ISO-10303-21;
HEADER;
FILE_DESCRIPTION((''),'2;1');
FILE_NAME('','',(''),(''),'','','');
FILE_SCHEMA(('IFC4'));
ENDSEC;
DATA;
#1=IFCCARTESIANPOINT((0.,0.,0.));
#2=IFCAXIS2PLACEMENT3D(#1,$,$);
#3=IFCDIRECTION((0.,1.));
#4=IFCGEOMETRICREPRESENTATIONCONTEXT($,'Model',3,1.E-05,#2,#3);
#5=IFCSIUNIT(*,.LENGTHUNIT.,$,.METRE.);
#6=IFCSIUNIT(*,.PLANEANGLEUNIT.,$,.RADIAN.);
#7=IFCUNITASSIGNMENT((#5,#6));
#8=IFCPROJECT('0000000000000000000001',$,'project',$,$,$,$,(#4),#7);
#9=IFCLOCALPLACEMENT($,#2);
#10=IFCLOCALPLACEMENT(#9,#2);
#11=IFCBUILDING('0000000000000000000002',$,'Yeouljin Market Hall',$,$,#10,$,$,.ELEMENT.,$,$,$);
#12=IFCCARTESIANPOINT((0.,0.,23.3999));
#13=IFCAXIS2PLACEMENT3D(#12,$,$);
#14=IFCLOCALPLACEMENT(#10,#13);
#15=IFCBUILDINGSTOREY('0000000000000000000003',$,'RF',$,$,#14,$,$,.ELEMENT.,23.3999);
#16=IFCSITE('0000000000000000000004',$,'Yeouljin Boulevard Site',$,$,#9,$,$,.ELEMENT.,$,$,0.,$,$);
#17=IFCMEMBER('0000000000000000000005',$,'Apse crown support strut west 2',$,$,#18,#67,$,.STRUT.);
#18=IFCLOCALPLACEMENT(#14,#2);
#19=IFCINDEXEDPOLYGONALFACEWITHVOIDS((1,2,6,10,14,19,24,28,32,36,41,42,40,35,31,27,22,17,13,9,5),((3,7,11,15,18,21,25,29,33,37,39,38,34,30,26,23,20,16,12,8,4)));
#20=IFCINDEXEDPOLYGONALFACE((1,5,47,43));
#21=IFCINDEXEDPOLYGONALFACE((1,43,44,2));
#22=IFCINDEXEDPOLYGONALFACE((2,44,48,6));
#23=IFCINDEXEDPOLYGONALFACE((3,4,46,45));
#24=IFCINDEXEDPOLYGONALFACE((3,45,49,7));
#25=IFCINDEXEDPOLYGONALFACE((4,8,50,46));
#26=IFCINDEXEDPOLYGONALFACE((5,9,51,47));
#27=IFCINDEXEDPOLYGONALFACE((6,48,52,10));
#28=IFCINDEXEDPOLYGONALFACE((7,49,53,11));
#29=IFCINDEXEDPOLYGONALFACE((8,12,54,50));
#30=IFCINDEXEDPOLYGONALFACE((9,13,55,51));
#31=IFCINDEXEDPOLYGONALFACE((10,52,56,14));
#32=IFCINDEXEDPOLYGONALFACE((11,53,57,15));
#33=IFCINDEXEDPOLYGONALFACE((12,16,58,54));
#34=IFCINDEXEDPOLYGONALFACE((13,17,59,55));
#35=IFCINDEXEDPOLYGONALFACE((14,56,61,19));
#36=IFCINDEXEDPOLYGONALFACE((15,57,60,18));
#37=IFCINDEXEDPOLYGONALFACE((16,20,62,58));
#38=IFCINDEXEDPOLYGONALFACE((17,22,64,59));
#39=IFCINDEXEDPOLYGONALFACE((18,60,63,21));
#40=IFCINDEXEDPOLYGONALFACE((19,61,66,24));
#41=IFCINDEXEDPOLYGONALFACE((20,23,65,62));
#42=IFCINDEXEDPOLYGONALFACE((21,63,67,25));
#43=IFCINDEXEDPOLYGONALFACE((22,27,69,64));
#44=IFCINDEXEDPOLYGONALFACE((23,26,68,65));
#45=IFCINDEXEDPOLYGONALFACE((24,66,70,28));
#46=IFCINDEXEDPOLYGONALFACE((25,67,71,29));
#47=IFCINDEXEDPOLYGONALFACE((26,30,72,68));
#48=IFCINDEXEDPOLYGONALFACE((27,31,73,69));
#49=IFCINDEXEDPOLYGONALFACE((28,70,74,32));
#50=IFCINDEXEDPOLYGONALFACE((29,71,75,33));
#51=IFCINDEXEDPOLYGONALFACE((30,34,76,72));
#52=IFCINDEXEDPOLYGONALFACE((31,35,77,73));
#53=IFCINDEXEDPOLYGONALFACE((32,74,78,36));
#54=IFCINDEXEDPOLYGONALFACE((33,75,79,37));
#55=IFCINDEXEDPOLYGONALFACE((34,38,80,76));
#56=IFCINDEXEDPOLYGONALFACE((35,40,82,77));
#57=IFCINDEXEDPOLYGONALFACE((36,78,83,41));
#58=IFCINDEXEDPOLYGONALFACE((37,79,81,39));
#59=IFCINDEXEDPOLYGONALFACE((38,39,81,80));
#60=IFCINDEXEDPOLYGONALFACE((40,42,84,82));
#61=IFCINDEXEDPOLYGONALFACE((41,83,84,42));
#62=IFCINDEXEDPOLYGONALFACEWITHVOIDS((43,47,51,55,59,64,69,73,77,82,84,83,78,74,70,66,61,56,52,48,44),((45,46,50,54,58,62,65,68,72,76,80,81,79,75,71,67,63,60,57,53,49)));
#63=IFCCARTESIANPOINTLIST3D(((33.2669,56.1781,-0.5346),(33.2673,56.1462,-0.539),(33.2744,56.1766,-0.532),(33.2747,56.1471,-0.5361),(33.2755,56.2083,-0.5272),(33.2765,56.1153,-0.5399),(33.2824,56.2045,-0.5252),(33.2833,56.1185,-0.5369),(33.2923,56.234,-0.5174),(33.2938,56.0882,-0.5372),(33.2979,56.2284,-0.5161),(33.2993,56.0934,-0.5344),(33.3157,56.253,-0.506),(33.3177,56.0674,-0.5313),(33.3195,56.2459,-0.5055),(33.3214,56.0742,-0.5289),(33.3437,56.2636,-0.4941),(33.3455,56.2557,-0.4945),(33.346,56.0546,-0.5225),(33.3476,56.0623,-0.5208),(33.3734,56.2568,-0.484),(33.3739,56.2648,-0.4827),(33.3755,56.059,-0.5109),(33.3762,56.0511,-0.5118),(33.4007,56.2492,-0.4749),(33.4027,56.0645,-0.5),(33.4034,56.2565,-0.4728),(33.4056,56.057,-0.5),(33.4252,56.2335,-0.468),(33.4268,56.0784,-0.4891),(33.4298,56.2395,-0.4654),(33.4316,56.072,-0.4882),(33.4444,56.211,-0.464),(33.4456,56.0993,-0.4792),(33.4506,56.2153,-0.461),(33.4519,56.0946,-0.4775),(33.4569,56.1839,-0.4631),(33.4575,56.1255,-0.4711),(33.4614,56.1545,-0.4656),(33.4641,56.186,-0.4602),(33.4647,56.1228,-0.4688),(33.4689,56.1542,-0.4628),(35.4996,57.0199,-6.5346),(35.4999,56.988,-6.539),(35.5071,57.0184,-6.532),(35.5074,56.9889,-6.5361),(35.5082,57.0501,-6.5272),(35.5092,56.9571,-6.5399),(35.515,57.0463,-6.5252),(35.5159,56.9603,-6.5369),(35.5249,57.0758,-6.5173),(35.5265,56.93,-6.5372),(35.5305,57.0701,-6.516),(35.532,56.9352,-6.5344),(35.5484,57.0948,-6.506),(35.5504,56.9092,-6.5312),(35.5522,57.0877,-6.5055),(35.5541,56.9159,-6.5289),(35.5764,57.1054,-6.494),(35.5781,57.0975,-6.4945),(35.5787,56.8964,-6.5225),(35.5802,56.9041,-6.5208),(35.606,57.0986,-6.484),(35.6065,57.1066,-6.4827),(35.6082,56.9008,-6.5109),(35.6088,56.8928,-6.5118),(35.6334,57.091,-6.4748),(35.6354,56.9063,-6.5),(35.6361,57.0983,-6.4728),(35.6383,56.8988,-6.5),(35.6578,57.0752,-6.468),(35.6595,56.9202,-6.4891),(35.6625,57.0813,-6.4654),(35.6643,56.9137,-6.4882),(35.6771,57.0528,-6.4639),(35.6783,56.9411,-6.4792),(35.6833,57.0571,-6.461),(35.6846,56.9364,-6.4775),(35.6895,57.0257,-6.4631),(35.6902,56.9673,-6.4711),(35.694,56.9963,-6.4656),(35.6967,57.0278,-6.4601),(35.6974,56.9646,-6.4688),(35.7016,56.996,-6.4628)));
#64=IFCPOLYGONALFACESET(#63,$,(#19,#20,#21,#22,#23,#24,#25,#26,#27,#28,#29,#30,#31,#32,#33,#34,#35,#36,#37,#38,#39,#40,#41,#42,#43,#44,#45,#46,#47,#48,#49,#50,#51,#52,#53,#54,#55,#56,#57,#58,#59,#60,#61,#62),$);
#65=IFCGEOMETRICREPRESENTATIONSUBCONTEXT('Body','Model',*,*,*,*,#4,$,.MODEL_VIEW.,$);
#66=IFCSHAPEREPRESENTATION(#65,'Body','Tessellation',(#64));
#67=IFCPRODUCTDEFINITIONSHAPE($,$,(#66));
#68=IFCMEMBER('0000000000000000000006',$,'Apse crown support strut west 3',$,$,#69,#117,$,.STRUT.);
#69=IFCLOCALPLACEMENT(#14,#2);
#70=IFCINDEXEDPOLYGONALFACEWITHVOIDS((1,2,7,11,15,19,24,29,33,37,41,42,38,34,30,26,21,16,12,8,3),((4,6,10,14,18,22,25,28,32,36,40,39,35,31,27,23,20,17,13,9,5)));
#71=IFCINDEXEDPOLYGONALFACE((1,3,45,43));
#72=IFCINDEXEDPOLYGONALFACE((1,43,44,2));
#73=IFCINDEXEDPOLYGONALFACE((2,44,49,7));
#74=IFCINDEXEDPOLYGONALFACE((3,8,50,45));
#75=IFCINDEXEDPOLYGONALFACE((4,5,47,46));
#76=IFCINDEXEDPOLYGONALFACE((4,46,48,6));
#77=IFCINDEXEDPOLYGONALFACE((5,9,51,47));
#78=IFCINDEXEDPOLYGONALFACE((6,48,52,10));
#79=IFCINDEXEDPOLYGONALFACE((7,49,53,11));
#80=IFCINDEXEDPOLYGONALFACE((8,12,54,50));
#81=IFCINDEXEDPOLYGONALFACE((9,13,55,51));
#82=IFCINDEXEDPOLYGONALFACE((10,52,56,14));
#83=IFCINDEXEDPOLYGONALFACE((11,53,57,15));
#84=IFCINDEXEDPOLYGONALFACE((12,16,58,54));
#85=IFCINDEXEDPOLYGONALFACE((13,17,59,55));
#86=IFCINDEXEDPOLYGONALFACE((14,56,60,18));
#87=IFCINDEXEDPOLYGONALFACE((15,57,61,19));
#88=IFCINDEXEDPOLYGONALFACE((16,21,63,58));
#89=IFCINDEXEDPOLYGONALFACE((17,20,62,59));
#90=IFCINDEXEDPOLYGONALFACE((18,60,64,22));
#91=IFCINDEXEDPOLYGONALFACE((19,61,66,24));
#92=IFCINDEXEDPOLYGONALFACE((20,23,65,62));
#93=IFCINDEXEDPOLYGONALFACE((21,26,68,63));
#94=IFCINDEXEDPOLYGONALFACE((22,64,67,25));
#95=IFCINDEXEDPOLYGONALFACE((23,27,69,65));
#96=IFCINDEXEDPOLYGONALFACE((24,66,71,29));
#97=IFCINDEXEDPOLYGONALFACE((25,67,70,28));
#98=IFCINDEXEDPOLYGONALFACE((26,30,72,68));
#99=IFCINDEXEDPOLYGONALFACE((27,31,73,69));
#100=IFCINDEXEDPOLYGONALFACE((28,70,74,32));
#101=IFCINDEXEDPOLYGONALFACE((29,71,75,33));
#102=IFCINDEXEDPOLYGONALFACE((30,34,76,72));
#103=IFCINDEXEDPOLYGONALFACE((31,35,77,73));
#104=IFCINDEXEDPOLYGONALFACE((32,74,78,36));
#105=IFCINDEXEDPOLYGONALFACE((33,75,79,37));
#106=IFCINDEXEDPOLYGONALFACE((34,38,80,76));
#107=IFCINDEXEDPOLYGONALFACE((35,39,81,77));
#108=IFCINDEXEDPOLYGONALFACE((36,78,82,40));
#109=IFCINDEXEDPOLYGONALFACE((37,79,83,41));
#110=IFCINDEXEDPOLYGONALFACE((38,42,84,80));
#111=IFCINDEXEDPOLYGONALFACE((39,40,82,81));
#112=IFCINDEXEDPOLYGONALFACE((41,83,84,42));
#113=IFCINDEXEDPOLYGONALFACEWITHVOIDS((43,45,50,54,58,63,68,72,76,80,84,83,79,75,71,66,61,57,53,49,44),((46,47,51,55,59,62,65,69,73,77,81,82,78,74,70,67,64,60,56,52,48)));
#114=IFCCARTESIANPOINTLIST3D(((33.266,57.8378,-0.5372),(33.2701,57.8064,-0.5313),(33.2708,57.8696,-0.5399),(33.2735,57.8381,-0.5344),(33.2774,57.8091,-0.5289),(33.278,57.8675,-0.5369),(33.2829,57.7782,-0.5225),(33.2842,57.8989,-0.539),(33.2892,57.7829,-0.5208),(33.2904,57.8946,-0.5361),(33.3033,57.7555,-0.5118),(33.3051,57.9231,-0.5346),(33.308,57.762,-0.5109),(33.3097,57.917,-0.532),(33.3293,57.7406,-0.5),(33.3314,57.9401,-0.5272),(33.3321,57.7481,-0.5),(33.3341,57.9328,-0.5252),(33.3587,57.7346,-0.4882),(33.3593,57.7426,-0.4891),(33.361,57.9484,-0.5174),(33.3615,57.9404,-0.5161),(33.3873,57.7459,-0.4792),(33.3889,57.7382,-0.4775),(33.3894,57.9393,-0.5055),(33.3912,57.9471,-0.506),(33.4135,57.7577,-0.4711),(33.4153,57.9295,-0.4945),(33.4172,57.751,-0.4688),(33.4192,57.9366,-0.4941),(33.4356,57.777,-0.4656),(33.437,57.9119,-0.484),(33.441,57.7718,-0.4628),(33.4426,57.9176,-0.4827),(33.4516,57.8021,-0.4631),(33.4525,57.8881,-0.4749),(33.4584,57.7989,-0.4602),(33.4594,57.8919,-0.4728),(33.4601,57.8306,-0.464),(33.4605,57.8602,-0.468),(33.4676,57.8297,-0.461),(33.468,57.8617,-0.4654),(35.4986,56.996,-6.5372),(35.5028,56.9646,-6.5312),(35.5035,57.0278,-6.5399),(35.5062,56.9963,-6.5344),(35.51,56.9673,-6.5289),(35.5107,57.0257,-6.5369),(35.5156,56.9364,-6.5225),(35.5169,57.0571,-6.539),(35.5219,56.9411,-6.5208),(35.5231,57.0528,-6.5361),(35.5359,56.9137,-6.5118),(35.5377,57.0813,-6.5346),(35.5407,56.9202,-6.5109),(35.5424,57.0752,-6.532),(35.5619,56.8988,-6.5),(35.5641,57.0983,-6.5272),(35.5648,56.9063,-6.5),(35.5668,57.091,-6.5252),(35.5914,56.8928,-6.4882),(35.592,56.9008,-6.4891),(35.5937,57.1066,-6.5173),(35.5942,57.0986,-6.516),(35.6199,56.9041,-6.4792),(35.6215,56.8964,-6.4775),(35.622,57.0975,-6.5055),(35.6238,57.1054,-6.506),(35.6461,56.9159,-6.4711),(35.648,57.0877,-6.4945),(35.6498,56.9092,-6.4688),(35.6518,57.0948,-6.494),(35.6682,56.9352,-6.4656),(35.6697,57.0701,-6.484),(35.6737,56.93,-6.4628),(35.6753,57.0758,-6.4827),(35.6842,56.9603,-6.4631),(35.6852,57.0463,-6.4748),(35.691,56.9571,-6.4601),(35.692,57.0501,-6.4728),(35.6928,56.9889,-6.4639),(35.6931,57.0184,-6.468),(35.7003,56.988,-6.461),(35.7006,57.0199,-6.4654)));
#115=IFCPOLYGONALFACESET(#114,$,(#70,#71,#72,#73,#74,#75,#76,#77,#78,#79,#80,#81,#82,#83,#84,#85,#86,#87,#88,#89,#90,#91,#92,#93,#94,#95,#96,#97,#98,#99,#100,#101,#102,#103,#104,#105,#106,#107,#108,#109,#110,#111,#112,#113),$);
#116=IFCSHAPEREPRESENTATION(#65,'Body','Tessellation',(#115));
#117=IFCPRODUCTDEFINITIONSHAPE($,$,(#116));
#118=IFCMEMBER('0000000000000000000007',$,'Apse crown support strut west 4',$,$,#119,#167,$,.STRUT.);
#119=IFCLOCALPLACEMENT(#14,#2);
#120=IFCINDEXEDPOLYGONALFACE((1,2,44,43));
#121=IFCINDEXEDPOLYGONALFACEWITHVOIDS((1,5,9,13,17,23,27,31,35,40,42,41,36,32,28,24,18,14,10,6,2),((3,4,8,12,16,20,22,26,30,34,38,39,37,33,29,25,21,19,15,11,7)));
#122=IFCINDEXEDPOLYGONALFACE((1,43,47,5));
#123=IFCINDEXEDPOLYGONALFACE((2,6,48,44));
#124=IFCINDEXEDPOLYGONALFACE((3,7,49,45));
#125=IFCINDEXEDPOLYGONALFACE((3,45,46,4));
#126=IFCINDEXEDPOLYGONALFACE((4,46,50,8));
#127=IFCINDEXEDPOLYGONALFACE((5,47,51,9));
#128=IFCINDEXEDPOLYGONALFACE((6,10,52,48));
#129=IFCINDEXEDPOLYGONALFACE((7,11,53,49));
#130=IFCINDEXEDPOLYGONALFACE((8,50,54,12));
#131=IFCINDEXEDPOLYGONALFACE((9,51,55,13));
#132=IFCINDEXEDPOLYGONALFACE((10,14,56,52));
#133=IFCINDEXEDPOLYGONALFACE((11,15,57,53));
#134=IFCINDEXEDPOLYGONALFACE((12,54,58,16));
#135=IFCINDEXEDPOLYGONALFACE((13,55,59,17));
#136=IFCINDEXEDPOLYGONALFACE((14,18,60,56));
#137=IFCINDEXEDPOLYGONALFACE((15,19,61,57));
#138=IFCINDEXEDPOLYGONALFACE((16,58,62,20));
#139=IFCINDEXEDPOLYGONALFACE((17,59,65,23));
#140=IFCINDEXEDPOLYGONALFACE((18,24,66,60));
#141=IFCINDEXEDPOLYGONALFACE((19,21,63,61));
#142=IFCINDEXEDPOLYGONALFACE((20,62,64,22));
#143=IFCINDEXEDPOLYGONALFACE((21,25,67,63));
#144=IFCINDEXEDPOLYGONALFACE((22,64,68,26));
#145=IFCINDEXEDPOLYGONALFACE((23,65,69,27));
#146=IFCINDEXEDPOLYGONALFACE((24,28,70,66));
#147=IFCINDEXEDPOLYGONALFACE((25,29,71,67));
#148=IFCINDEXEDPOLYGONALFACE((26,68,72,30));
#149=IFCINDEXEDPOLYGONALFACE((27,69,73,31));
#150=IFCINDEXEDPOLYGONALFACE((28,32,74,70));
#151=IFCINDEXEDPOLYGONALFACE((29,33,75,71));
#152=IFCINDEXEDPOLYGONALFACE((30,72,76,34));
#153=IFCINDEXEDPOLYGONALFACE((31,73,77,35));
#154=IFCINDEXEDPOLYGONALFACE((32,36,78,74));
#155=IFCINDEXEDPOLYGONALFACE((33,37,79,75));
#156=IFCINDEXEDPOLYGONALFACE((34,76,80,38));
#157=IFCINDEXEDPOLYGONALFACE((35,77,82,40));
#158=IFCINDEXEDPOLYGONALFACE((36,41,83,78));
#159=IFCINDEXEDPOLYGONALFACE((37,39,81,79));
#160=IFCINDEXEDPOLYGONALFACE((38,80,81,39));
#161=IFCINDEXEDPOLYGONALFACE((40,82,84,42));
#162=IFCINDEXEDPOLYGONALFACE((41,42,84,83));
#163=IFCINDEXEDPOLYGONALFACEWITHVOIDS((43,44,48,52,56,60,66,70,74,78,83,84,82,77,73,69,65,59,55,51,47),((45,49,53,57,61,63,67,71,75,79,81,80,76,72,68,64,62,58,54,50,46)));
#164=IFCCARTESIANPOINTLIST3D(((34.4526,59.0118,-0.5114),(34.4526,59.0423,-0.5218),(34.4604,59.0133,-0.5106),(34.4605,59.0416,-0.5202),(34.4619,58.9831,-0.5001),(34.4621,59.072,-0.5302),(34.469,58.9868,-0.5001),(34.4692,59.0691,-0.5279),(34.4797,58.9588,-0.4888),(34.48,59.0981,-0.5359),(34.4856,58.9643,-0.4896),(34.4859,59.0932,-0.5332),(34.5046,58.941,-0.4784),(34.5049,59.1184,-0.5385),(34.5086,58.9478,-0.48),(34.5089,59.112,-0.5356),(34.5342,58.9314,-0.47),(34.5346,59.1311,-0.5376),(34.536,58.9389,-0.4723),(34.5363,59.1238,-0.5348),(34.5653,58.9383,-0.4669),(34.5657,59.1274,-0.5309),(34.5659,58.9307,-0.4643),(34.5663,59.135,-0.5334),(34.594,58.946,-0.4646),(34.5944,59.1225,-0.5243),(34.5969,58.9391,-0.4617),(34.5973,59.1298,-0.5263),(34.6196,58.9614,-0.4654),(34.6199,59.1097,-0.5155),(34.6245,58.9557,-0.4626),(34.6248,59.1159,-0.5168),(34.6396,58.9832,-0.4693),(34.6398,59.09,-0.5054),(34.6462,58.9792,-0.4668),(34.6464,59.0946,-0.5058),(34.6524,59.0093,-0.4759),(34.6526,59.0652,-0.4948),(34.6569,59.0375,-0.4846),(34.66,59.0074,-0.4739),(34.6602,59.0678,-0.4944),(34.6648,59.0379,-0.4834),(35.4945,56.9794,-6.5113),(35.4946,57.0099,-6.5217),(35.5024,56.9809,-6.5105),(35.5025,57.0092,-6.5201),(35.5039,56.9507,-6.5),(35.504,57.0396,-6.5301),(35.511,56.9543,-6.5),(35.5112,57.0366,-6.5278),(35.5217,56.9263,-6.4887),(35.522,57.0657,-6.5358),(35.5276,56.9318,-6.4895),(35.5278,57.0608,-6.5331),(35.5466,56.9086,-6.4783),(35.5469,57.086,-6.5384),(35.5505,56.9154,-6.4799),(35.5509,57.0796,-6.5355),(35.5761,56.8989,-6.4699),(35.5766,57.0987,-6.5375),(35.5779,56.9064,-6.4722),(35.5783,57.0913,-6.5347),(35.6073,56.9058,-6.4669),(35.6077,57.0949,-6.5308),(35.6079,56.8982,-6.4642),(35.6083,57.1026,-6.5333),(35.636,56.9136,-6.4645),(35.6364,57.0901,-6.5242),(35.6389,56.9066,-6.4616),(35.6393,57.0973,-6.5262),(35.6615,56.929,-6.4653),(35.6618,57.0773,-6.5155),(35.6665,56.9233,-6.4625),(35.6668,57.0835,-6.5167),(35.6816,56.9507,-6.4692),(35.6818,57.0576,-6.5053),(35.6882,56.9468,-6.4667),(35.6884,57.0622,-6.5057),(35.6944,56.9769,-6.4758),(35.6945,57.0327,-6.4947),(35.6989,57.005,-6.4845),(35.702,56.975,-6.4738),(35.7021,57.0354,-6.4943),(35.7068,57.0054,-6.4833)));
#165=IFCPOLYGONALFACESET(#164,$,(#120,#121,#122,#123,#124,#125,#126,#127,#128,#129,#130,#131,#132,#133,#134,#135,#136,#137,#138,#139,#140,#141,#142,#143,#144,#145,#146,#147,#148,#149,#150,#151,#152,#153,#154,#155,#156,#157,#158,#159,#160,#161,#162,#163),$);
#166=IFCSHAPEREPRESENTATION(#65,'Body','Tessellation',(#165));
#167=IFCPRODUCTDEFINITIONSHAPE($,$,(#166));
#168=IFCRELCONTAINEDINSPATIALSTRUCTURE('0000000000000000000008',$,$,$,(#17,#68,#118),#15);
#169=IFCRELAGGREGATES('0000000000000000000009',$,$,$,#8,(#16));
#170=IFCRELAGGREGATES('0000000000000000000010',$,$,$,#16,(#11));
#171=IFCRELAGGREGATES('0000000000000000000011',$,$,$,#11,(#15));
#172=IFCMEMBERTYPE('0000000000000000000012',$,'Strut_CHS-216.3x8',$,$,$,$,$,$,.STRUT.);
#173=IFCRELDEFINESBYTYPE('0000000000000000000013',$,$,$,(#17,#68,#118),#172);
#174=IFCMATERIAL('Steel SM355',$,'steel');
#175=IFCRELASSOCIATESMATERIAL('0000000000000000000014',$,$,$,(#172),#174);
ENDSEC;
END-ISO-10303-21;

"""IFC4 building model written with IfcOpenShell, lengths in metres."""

from ifc_helpers import new_model, si_unit, direction, frame, origin, origin_2d, place, context, subcontext, project, spatial, hollow_circle, extrude, material, material_profile, profile_set, type_object, element, save


model = new_model("IFC4")

# Units and contexts
model_context = context("Model", 3, precision=1e-05, world=origin(), true_north=direction((0.0, 1.0)))
body_context = subcontext(model_context, "Body", "Model", "MODEL_VIEW")
ifc_project = project(units=[si_unit("LENGTHUNIT", "METRE"), si_unit("PLANEANGLEUNIT", "RADIAN")], contexts=[model_context])

# Site, building, storey
site_placement = place(None, origin())
site = spatial("IfcSite", under=ifc_project, at=site_placement, Name="Yeouljin Boulevard Site", CompositionType="ELEMENT", RefElevation=0.0)
building_placement = place(site_placement, origin())
building = spatial("IfcBuilding", under=site, at=building_placement, Name="Yeouljin Market Hall", CompositionType="ELEMENT")
storey_placement = place(building_placement, frame((0.0, 0.0, 23.3999)))
storey = spatial("IfcBuildingStorey", under=building, at=storey_placement, Name="RF", CompositionType="ELEMENT", Elevation=23.3999)

# Members
ifc_material_1 = material(Name="Steel SM355", Category="steel")
ifc_material_profile_1 = material_profile(ifc_material_1, hollow_circle(Radius=0.1082, WallThickness=0.0081, at=origin_2d()), Name="CHS-216.3x8")
ifc_profile_set_1 = profile_set([ifc_material_profile_1], Name="Steel SM355")
member_type_1 = type_object("IfcMemberType", Name="Strut_CHS-216.3x8", PredefinedType="STRUT", material=ifc_profile_set_1)
for number, where, z_axis, x_axis, name in (
    (1, (35.6001, 57.0, -6.5), (-0.345772, -0.130369, 0.929218), (0.352794, -0.935701, 0.0), "Apse crown support strut west 2"),
    (2, (35.6001, 57.0, -6.5), (-0.345772, 0.130369, 0.929218), (-0.352794, -0.935701, 0.0), "Apse crown support strut west 3"),
):
    element("IfcMember", number, at=place(storey_placement, frame(where, z_axis=z_axis, x_axis=x_axis)), inside=storey, type_object=member_type_1, Name=name, PredefinedType="STRUT", context=body_context, shape_type="SweptSolid", body=[
        extrude(hollow_circle(Radius=0.1082, WallThickness=0.0081, at=origin_2d()), origin(), (0.0, 0.0, 1.0), 6.457),
    ])
member_1_placement = place(storey_placement, frame((35.6001, 57.0, -6.5), z_axis=(-0.162304, 0.316583, 0.934576), x_axis=(-0.889871, -0.456212, 0.0)))
element("IfcMember", 3, at=member_1_placement, inside=storey, type_object=member_type_1, Name="Apse crown support strut west 4", PredefinedType="STRUT", context=body_context, shape_type="SweptSolid", body=[
    extrude(hollow_circle(Radius=0.1082, WallThickness=0.0081, at=origin_2d()), origin(), (0.0, 0.0, 1.0), 6.4199),
])

save(model, "model.ifc")
